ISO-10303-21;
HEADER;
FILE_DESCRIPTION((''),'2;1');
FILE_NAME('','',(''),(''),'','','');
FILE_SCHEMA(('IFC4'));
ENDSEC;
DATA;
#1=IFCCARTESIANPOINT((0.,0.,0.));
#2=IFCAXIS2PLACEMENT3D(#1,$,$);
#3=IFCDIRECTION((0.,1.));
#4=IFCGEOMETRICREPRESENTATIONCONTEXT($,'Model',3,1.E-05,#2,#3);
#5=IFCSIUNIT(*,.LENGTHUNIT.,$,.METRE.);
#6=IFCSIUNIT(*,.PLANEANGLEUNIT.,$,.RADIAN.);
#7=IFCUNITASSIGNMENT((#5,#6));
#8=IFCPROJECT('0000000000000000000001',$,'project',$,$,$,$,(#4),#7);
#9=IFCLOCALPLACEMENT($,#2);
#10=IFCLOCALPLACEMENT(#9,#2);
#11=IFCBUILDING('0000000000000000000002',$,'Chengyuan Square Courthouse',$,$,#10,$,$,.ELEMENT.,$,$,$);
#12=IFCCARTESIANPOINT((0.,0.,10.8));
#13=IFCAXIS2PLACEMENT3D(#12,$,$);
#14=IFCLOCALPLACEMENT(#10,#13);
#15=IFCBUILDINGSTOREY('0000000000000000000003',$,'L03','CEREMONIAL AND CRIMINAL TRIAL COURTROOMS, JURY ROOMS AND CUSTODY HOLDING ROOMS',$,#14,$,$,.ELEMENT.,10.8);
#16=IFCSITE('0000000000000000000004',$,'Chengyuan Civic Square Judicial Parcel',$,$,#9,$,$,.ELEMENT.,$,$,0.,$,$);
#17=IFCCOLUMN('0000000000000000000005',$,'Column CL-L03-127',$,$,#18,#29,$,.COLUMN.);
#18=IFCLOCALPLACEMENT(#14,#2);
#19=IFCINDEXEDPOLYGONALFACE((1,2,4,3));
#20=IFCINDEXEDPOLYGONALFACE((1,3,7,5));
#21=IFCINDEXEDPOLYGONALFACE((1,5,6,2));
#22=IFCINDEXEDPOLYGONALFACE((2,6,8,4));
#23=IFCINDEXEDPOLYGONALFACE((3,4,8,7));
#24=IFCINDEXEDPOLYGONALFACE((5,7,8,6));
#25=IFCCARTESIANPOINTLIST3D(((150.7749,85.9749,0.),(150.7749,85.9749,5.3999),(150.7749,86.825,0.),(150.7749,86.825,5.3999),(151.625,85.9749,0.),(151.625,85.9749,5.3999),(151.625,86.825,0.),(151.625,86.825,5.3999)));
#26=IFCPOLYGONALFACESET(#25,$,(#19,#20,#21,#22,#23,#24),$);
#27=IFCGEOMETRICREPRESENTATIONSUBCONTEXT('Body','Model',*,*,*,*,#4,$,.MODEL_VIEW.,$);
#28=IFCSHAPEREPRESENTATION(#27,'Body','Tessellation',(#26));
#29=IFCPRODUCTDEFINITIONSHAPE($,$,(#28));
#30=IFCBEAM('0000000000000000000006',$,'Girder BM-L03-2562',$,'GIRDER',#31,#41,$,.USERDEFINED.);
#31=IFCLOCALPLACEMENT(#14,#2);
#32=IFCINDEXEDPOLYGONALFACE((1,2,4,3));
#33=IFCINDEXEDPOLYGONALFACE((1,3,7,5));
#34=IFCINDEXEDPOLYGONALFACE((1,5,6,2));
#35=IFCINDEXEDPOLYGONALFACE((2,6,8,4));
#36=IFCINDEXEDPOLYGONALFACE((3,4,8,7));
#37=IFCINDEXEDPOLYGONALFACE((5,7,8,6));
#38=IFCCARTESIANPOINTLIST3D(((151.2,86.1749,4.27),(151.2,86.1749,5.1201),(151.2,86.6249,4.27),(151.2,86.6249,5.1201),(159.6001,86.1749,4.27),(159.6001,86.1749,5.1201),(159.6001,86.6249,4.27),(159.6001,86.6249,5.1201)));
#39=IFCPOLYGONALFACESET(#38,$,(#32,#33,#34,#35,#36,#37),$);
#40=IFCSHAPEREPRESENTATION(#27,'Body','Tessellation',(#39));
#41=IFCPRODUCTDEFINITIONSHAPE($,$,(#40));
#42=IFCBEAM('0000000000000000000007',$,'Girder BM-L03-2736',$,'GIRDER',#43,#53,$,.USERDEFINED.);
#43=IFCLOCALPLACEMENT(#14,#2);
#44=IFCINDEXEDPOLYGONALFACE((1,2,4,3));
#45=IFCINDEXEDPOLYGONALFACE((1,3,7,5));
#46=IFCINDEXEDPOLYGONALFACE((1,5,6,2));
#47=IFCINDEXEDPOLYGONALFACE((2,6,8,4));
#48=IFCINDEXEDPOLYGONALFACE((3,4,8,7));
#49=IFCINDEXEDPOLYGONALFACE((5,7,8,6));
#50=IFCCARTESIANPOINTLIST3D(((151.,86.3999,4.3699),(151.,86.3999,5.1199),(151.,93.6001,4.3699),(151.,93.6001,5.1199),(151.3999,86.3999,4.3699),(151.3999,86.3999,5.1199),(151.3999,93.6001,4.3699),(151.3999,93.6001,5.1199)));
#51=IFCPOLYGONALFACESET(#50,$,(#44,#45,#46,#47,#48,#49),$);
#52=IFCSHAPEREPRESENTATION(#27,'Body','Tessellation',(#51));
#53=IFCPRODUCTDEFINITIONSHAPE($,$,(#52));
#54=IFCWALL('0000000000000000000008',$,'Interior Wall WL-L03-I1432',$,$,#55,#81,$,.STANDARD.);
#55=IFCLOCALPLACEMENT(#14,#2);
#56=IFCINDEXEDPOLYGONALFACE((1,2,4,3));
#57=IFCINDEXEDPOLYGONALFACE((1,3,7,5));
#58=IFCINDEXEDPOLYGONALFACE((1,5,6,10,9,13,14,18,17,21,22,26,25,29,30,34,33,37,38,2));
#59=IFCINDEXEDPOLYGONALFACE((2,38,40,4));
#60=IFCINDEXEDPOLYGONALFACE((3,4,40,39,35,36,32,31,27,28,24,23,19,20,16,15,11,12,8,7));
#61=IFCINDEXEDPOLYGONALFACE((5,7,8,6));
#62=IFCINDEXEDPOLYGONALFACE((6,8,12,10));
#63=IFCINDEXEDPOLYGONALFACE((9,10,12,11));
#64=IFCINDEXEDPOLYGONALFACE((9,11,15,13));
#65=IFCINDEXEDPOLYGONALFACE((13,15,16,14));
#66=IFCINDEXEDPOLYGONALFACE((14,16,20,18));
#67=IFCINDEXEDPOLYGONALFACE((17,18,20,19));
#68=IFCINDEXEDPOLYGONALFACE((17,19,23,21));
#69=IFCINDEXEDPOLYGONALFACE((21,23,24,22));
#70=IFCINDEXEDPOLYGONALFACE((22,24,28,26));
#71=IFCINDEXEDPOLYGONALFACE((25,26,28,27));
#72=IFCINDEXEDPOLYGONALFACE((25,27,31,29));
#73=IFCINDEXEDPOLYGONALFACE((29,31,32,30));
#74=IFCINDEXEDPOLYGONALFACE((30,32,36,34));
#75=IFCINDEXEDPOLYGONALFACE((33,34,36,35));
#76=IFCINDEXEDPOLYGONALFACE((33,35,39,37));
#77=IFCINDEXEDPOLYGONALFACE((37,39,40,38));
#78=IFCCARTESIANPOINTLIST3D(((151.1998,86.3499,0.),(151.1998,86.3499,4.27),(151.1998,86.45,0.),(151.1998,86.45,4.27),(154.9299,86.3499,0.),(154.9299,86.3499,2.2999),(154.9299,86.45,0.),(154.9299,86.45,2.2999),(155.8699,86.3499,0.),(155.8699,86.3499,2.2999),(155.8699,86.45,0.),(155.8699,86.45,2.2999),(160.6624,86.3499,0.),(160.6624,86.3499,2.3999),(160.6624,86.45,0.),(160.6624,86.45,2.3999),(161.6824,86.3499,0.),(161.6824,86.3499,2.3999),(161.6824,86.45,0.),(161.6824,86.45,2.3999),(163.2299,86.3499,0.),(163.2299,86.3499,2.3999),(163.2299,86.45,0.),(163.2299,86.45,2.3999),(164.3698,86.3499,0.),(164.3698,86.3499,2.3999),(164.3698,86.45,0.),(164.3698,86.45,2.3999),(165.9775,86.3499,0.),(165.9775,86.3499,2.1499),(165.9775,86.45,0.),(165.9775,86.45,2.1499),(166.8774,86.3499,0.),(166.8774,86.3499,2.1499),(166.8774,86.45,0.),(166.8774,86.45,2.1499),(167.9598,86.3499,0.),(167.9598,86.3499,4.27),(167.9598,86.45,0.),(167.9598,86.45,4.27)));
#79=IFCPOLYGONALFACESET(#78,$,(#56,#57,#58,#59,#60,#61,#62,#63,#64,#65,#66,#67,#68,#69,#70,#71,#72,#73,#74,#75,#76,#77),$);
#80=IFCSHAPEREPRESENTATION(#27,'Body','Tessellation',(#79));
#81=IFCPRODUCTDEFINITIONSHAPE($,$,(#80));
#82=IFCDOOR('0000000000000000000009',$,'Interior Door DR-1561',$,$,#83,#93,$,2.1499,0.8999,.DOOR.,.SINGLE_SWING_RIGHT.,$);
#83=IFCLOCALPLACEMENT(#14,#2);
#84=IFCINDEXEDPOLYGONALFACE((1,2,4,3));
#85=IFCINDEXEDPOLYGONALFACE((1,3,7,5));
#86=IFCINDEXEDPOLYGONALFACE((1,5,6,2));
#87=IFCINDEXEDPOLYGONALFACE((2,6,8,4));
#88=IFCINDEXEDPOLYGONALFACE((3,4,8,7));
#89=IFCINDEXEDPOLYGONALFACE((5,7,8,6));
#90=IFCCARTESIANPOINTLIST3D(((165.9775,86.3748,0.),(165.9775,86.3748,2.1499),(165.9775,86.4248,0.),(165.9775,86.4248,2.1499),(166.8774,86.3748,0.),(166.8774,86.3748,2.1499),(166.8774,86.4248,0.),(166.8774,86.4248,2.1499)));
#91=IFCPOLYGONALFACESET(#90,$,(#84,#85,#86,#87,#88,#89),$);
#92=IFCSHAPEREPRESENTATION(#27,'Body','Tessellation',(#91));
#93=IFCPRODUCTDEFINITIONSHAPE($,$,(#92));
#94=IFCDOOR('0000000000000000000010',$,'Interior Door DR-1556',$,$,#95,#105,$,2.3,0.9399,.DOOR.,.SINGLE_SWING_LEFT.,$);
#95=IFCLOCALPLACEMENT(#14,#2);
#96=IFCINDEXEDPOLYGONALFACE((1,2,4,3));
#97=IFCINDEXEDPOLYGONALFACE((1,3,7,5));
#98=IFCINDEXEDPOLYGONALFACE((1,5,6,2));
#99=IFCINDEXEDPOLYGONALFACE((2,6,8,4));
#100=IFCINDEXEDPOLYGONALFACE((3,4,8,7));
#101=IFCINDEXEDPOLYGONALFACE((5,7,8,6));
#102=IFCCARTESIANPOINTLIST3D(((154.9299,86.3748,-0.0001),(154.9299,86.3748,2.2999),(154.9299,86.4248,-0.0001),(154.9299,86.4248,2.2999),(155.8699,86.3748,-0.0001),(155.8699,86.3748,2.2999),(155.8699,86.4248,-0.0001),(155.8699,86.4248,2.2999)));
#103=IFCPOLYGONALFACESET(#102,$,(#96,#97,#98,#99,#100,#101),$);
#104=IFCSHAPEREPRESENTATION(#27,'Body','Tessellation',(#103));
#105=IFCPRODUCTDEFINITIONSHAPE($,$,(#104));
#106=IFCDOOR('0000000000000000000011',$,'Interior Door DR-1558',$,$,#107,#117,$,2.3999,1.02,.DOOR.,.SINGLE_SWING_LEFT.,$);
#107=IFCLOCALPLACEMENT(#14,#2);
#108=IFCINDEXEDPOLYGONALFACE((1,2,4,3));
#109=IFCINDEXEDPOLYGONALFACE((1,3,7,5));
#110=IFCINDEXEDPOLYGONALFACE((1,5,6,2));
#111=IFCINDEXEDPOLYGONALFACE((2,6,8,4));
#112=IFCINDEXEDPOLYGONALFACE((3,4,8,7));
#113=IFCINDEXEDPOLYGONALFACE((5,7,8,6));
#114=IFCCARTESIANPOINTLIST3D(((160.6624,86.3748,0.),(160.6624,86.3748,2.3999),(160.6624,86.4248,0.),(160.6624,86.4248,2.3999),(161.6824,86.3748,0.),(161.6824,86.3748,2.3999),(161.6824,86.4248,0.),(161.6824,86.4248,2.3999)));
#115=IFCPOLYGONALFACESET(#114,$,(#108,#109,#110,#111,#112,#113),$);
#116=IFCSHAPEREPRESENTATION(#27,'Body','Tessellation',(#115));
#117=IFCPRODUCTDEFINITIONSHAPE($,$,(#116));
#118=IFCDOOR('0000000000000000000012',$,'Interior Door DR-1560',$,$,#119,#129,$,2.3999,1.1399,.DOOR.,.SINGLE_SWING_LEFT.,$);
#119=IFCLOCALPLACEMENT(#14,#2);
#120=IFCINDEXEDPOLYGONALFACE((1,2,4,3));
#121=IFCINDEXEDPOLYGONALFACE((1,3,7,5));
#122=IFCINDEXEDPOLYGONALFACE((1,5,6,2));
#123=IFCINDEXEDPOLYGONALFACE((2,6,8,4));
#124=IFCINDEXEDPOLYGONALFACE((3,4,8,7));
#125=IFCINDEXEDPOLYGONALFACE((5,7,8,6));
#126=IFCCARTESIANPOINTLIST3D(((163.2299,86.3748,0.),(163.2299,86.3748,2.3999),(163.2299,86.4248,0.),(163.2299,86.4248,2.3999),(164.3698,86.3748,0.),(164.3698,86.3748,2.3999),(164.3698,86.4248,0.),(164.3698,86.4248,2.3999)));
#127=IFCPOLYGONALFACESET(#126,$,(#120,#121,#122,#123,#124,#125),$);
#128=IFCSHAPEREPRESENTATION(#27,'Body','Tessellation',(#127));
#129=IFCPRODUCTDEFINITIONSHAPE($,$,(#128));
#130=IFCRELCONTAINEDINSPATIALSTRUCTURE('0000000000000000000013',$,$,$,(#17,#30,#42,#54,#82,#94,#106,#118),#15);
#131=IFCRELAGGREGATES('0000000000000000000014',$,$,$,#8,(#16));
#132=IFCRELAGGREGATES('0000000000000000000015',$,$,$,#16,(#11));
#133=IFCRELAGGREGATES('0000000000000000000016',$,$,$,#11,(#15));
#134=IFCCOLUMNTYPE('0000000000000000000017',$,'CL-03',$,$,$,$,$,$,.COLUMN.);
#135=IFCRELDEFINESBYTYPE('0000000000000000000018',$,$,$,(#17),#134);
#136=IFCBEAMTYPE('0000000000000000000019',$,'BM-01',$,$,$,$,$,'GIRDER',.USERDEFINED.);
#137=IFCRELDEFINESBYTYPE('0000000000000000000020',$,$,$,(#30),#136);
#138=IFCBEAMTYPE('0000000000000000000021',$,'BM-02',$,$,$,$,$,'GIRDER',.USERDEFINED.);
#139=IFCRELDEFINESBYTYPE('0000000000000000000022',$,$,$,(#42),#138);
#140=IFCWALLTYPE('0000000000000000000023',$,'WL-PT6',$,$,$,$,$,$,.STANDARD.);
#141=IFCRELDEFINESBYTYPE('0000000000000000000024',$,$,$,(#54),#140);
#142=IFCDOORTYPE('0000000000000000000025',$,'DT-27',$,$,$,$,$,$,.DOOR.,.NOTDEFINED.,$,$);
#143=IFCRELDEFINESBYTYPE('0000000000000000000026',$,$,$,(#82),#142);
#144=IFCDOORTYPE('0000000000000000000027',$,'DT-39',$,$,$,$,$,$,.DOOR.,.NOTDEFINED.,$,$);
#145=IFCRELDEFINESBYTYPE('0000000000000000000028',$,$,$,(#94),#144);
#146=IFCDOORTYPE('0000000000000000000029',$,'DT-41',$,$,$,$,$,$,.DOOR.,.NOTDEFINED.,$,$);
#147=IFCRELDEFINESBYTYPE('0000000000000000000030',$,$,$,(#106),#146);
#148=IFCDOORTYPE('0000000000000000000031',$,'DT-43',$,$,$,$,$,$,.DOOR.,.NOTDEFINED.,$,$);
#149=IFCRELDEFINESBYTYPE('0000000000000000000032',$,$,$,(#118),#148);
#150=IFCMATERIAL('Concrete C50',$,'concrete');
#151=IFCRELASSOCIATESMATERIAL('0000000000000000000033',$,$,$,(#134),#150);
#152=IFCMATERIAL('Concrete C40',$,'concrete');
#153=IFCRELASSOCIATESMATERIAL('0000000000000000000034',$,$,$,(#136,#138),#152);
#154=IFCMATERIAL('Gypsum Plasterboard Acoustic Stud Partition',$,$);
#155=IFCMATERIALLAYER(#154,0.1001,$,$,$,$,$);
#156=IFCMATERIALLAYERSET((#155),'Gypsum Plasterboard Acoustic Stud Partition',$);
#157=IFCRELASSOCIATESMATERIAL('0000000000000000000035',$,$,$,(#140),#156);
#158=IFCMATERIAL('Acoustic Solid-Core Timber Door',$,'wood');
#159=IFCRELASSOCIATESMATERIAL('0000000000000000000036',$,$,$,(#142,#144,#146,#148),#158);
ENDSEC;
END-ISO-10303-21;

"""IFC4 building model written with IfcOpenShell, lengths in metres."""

from ifc_helpers import new_model, si_unit, direction, frame, frame_2d, origin, origin_2d, place, context, subcontext, project, spatial, rectangle, extrude, material, layer, layer_set, material_profile, profile_set, type_object, element, fill, save


model = new_model("IFC4")

# Units and contexts
model_context = context("Model", 3, precision=1e-05, world=origin(), true_north=direction((0.0, 1.0)))
body_context = subcontext(model_context, "Body", "Model", "MODEL_VIEW")
ifc_project = project(units=[si_unit("LENGTHUNIT", "METRE"), si_unit("PLANEANGLEUNIT", "RADIAN")], contexts=[model_context])

# Site, building, storey
site_placement = place(None, origin())
site = spatial("IfcSite", under=ifc_project, at=site_placement, Name="Chengyuan Civic Square Judicial Parcel", CompositionType="ELEMENT", RefElevation=0.0)
building_placement = place(site_placement, origin())
building = spatial("IfcBuilding", under=site, at=building_placement, Name="Chengyuan Square Courthouse", CompositionType="ELEMENT")
storey_placement = place(building_placement, frame((0.0, 0.0, 10.8)))
storey = spatial("IfcBuildingStorey", under=building, at=storey_placement, Name="L03", Description="CEREMONIAL AND CRIMINAL TRIAL COURTROOMS, JURY ROOMS AND CUSTODY HOLDING ROOMS", CompositionType="ELEMENT", Elevation=10.8)

# Column
ifc_material_1 = material(Name="Concrete C50", Category="concrete")
ifc_material_profile_1 = material_profile(ifc_material_1, rectangle(XDim=0.8501, YDim=0.8501, at=origin_2d()), Name="RC-COL-850x850")
ifc_profile_set_1 = profile_set([ifc_material_profile_1], Name="Concrete C50")
column_type = type_object("IfcColumnType", Name="CL-03", PredefinedType="COLUMN", material=ifc_profile_set_1)
column_placement = place(storey_placement, frame((151.2, 86.3999, 0.0), z_axis=(0.0, 0.0, 1.0), x_axis=(1.0, 0.0, 0.0)))
element("IfcColumn", 1, at=column_placement, inside=storey, type_object=column_type, Name="Column CL-L03-127", PredefinedType="COLUMN", context=body_context, shape_type="SweptSolid", body=[
    extrude(rectangle(XDim=0.8501, YDim=0.8501, at=origin_2d()), origin(), (0.0, 0.0, 1.0), 5.3999),
])

# Beams
ifc_material_2 = material(Name="Concrete C40", Category="concrete")
ifc_material_profile_2 = material_profile(ifc_material_2, rectangle(XDim=0.45, YDim=0.8501, at=origin_2d()), Name="RC-BM-450x850")
ifc_profile_set_2 = profile_set([ifc_material_profile_2], Name="Concrete C40")
beam_type_1 = type_object("IfcBeamType", Name="BM-01", ElementType="GIRDER", PredefinedType="USERDEFINED", material=ifc_profile_set_2)
beam_1_placement = place(storey_placement, frame((151.2, 86.3999, 4.6951), z_axis=(1.0, 0.0, 0.0), x_axis=(0.0, 1.0, 0.0)))
element("IfcBeam", 2, at=beam_1_placement, inside=storey, type_object=beam_type_1, Name="Girder BM-L03-2562", ObjectType="GIRDER", PredefinedType="USERDEFINED", context=body_context, shape_type="SweptSolid", body=[
    extrude(rectangle(XDim=0.45, YDim=0.8501, at=origin_2d()), origin(), (0.0, 0.0, 1.0), 8.4001),
])
ifc_material_profile_3 = material_profile(ifc_material_2, rectangle(XDim=0.3999, YDim=0.75, at=origin_2d()), Name="RC-BM-400x750")
ifc_profile_set_3 = profile_set([ifc_material_profile_3], Name="Concrete C40")
beam_type_2 = type_object("IfcBeamType", Name="BM-02", ElementType="GIRDER", PredefinedType="USERDEFINED", material=ifc_profile_set_3)
beam_2_placement = place(storey_placement, frame((151.2, 86.3999, 4.7449), z_axis=(0.0, 1.0, 0.0), x_axis=(-1.0, 0.0, 0.0)))
element("IfcBeam", 3, at=beam_2_placement, inside=storey, type_object=beam_type_2, Name="Girder BM-L03-2736", ObjectType="GIRDER", PredefinedType="USERDEFINED", context=body_context, shape_type="SweptSolid", body=[
    extrude(rectangle(XDim=0.3999, YDim=0.75, at=origin_2d()), origin(), (0.0, 0.0, 1.0), 7.2002),
])

# Wall, openings, doors
ifc_material_3 = material(Name="Gypsum Plasterboard Acoustic Stud Partition")
ifc_layer = layer(ifc_material_3, 0.1001)
ifc_layer_set = layer_set([ifc_layer], Name="Gypsum Plasterboard Acoustic Stud Partition")
wall_type = type_object("IfcWallType", Name="WL-PT6", PredefinedType="STANDARD", material=ifc_layer_set)
wall_placement = place(storey_placement, frame((151.2, 86.3999, 0.0), z_axis=(0.0, 0.0, 1.0), x_axis=(1.0, 0.0, 0.0)))
wall = element("IfcWall", 4, at=wall_placement, inside=storey, type_object=wall_type, Name="Interior Wall WL-L03-I1432", PredefinedType="STANDARD", context=body_context, shape_type="SweptSolid", body=[
    extrude(rectangle(XDim=16.76, YDim=0.1001, at=frame_2d((8.3799, 0.0))), origin(), (0.0, 0.0, 1.0), 4.27),
])
opening_1_placement = place(wall_placement, frame((3.73, 0.0, 0.0)))
opening_1 = element("IfcOpeningElement", 5, at=opening_1_placement, cuts=wall, PredefinedType="OPENING", context=body_context, shape_type="SweptSolid", body=[
    extrude(rectangle(XDim=0.9399, YDim=2.3, at=frame_2d((0.47, 1.1499))), frame((0.0, 0.062, 0.0), z_axis=(0.0, -1.0, 0.0), x_axis=(1.0, 0.0, 0.0)), (0.0, 0.0, 1.0), 0.124),
])
opening_2_placement = place(wall_placement, frame((9.4624, 0.0, 0.0)))
opening_2 = element("IfcOpeningElement", 6, at=opening_2_placement, cuts=wall, PredefinedType="OPENING", context=body_context, shape_type="SweptSolid", body=[
    extrude(rectangle(XDim=1.02, YDim=2.3999, at=frame_2d((0.51, 1.2))), frame((0.0, 0.062, 0.0), z_axis=(0.0, -1.0, 0.0), x_axis=(1.0, 0.0, 0.0)), (0.0, 0.0, 1.0), 0.124),
])
opening_3_placement = place(wall_placement, frame((12.03, 0.0, 0.0)))
opening_3 = element("IfcOpeningElement", 7, at=opening_3_placement, cuts=wall, PredefinedType="OPENING", context=body_context, shape_type="SweptSolid", body=[
    extrude(rectangle(XDim=1.1399, YDim=2.3999, at=frame_2d((0.5698, 1.2))), frame((0.0, 0.062, 0.0), z_axis=(0.0, -1.0, 0.0), x_axis=(1.0, 0.0, 0.0)), (0.0, 0.0, 1.0), 0.124),
])
opening_4_placement = place(wall_placement, frame((14.7776, 0.0, 0.0)))
opening_4 = element("IfcOpeningElement", 8, at=opening_4_placement, cuts=wall, PredefinedType="OPENING", context=body_context, shape_type="SweptSolid", body=[
    extrude(rectangle(XDim=0.8999, YDim=2.1499, at=frame_2d((0.45, 1.075))), frame((0.0, 0.062, 0.0), z_axis=(0.0, -1.0, 0.0), x_axis=(1.0, 0.0, 0.0)), (0.0, 0.0, 1.0), 0.124),
])
ifc_material_4 = material(Name="Acoustic Solid-Core Timber Door", Category="wood")
door_type_1 = type_object("IfcDoorType", Name="DT-27", OperationType="NOTDEFINED", PredefinedType="DOOR", material=ifc_material_4)
door_1_placement = place(opening_4_placement, origin())
door_1 = element("IfcDoor", 9, at=door_1_placement, inside=storey, type_object=door_type_1, Name="Interior Door DR-1561", OperationType="SINGLE_SWING_RIGHT", OverallHeight=2.1499, OverallWidth=0.8999, PredefinedType="DOOR", context=body_context, shape_type="SweptSolid", body=[
    extrude(rectangle(XDim=0.8999, YDim=2.1499, at=frame_2d((0.45, 1.075))), frame((0.0, 0.0249, 0.0), z_axis=(0.0, -1.0, 0.0), x_axis=(1.0, 0.0, 0.0)), (0.0, 0.0, 1.0), 0.05),
])
fill(opening_4, door_1)
door_type_2 = type_object("IfcDoorType", Name="DT-39", OperationType="NOTDEFINED", PredefinedType="DOOR", material=ifc_material_4)
door_2_placement = place(opening_1_placement, origin())
door_2 = element("IfcDoor", 10, at=door_2_placement, inside=storey, type_object=door_type_2, Name="Interior Door DR-1556", OperationType="SINGLE_SWING_LEFT", OverallHeight=2.3, OverallWidth=0.9399, PredefinedType="DOOR", context=body_context, shape_type="SweptSolid", body=[
    extrude(rectangle(XDim=0.9399, YDim=2.3, at=frame_2d((0.47, 1.1499))), frame((0.0, 0.0249, 0.0), z_axis=(0.0, -1.0, 0.0), x_axis=(1.0, 0.0, 0.0)), (0.0, 0.0, 1.0), 0.05),
])
fill(opening_1, door_2)
door_type_3 = type_object("IfcDoorType", Name="DT-41", OperationType="NOTDEFINED", PredefinedType="DOOR", material=ifc_material_4)
door_3_placement = place(opening_2_placement, origin())
door_3 = element("IfcDoor", 11, at=door_3_placement, inside=storey, type_object=door_type_3, Name="Interior Door DR-1558", OperationType="SINGLE_SWING_LEFT", OverallHeight=2.3999, OverallWidth=1.02, PredefinedType="DOOR", context=body_context, shape_type="SweptSolid", body=[
    extrude(rectangle(XDim=1.02, YDim=2.3999, at=frame_2d((0.51, 1.2))), frame((0.0, 0.0249, 0.0), z_axis=(0.0, -1.0, 0.0), x_axis=(1.0, 0.0, 0.0)), (0.0, 0.0, 1.0), 0.05),
])
fill(opening_2, door_3)
door_type_4 = type_object("IfcDoorType", Name="DT-43", OperationType="NOTDEFINED", PredefinedType="DOOR", material=ifc_material_4)
door_4_placement = place(opening_3_placement, origin())
door_4 = element("IfcDoor", 12, at=door_4_placement, inside=storey, type_object=door_type_4, Name="Interior Door DR-1560", OperationType="SINGLE_SWING_LEFT", OverallHeight=2.3999, OverallWidth=1.1399, PredefinedType="DOOR", context=body_context, shape_type="SweptSolid", body=[
    extrude(rectangle(XDim=1.1399, YDim=2.3999, at=frame_2d((0.5698, 1.2))), frame((0.0, 0.0249, 0.0), z_axis=(0.0, -1.0, 0.0), x_axis=(1.0, 0.0, 0.0)), (0.0, 0.0, 1.0), 0.05),
])
fill(opening_3, door_4)

save(model, "model.ifc")
